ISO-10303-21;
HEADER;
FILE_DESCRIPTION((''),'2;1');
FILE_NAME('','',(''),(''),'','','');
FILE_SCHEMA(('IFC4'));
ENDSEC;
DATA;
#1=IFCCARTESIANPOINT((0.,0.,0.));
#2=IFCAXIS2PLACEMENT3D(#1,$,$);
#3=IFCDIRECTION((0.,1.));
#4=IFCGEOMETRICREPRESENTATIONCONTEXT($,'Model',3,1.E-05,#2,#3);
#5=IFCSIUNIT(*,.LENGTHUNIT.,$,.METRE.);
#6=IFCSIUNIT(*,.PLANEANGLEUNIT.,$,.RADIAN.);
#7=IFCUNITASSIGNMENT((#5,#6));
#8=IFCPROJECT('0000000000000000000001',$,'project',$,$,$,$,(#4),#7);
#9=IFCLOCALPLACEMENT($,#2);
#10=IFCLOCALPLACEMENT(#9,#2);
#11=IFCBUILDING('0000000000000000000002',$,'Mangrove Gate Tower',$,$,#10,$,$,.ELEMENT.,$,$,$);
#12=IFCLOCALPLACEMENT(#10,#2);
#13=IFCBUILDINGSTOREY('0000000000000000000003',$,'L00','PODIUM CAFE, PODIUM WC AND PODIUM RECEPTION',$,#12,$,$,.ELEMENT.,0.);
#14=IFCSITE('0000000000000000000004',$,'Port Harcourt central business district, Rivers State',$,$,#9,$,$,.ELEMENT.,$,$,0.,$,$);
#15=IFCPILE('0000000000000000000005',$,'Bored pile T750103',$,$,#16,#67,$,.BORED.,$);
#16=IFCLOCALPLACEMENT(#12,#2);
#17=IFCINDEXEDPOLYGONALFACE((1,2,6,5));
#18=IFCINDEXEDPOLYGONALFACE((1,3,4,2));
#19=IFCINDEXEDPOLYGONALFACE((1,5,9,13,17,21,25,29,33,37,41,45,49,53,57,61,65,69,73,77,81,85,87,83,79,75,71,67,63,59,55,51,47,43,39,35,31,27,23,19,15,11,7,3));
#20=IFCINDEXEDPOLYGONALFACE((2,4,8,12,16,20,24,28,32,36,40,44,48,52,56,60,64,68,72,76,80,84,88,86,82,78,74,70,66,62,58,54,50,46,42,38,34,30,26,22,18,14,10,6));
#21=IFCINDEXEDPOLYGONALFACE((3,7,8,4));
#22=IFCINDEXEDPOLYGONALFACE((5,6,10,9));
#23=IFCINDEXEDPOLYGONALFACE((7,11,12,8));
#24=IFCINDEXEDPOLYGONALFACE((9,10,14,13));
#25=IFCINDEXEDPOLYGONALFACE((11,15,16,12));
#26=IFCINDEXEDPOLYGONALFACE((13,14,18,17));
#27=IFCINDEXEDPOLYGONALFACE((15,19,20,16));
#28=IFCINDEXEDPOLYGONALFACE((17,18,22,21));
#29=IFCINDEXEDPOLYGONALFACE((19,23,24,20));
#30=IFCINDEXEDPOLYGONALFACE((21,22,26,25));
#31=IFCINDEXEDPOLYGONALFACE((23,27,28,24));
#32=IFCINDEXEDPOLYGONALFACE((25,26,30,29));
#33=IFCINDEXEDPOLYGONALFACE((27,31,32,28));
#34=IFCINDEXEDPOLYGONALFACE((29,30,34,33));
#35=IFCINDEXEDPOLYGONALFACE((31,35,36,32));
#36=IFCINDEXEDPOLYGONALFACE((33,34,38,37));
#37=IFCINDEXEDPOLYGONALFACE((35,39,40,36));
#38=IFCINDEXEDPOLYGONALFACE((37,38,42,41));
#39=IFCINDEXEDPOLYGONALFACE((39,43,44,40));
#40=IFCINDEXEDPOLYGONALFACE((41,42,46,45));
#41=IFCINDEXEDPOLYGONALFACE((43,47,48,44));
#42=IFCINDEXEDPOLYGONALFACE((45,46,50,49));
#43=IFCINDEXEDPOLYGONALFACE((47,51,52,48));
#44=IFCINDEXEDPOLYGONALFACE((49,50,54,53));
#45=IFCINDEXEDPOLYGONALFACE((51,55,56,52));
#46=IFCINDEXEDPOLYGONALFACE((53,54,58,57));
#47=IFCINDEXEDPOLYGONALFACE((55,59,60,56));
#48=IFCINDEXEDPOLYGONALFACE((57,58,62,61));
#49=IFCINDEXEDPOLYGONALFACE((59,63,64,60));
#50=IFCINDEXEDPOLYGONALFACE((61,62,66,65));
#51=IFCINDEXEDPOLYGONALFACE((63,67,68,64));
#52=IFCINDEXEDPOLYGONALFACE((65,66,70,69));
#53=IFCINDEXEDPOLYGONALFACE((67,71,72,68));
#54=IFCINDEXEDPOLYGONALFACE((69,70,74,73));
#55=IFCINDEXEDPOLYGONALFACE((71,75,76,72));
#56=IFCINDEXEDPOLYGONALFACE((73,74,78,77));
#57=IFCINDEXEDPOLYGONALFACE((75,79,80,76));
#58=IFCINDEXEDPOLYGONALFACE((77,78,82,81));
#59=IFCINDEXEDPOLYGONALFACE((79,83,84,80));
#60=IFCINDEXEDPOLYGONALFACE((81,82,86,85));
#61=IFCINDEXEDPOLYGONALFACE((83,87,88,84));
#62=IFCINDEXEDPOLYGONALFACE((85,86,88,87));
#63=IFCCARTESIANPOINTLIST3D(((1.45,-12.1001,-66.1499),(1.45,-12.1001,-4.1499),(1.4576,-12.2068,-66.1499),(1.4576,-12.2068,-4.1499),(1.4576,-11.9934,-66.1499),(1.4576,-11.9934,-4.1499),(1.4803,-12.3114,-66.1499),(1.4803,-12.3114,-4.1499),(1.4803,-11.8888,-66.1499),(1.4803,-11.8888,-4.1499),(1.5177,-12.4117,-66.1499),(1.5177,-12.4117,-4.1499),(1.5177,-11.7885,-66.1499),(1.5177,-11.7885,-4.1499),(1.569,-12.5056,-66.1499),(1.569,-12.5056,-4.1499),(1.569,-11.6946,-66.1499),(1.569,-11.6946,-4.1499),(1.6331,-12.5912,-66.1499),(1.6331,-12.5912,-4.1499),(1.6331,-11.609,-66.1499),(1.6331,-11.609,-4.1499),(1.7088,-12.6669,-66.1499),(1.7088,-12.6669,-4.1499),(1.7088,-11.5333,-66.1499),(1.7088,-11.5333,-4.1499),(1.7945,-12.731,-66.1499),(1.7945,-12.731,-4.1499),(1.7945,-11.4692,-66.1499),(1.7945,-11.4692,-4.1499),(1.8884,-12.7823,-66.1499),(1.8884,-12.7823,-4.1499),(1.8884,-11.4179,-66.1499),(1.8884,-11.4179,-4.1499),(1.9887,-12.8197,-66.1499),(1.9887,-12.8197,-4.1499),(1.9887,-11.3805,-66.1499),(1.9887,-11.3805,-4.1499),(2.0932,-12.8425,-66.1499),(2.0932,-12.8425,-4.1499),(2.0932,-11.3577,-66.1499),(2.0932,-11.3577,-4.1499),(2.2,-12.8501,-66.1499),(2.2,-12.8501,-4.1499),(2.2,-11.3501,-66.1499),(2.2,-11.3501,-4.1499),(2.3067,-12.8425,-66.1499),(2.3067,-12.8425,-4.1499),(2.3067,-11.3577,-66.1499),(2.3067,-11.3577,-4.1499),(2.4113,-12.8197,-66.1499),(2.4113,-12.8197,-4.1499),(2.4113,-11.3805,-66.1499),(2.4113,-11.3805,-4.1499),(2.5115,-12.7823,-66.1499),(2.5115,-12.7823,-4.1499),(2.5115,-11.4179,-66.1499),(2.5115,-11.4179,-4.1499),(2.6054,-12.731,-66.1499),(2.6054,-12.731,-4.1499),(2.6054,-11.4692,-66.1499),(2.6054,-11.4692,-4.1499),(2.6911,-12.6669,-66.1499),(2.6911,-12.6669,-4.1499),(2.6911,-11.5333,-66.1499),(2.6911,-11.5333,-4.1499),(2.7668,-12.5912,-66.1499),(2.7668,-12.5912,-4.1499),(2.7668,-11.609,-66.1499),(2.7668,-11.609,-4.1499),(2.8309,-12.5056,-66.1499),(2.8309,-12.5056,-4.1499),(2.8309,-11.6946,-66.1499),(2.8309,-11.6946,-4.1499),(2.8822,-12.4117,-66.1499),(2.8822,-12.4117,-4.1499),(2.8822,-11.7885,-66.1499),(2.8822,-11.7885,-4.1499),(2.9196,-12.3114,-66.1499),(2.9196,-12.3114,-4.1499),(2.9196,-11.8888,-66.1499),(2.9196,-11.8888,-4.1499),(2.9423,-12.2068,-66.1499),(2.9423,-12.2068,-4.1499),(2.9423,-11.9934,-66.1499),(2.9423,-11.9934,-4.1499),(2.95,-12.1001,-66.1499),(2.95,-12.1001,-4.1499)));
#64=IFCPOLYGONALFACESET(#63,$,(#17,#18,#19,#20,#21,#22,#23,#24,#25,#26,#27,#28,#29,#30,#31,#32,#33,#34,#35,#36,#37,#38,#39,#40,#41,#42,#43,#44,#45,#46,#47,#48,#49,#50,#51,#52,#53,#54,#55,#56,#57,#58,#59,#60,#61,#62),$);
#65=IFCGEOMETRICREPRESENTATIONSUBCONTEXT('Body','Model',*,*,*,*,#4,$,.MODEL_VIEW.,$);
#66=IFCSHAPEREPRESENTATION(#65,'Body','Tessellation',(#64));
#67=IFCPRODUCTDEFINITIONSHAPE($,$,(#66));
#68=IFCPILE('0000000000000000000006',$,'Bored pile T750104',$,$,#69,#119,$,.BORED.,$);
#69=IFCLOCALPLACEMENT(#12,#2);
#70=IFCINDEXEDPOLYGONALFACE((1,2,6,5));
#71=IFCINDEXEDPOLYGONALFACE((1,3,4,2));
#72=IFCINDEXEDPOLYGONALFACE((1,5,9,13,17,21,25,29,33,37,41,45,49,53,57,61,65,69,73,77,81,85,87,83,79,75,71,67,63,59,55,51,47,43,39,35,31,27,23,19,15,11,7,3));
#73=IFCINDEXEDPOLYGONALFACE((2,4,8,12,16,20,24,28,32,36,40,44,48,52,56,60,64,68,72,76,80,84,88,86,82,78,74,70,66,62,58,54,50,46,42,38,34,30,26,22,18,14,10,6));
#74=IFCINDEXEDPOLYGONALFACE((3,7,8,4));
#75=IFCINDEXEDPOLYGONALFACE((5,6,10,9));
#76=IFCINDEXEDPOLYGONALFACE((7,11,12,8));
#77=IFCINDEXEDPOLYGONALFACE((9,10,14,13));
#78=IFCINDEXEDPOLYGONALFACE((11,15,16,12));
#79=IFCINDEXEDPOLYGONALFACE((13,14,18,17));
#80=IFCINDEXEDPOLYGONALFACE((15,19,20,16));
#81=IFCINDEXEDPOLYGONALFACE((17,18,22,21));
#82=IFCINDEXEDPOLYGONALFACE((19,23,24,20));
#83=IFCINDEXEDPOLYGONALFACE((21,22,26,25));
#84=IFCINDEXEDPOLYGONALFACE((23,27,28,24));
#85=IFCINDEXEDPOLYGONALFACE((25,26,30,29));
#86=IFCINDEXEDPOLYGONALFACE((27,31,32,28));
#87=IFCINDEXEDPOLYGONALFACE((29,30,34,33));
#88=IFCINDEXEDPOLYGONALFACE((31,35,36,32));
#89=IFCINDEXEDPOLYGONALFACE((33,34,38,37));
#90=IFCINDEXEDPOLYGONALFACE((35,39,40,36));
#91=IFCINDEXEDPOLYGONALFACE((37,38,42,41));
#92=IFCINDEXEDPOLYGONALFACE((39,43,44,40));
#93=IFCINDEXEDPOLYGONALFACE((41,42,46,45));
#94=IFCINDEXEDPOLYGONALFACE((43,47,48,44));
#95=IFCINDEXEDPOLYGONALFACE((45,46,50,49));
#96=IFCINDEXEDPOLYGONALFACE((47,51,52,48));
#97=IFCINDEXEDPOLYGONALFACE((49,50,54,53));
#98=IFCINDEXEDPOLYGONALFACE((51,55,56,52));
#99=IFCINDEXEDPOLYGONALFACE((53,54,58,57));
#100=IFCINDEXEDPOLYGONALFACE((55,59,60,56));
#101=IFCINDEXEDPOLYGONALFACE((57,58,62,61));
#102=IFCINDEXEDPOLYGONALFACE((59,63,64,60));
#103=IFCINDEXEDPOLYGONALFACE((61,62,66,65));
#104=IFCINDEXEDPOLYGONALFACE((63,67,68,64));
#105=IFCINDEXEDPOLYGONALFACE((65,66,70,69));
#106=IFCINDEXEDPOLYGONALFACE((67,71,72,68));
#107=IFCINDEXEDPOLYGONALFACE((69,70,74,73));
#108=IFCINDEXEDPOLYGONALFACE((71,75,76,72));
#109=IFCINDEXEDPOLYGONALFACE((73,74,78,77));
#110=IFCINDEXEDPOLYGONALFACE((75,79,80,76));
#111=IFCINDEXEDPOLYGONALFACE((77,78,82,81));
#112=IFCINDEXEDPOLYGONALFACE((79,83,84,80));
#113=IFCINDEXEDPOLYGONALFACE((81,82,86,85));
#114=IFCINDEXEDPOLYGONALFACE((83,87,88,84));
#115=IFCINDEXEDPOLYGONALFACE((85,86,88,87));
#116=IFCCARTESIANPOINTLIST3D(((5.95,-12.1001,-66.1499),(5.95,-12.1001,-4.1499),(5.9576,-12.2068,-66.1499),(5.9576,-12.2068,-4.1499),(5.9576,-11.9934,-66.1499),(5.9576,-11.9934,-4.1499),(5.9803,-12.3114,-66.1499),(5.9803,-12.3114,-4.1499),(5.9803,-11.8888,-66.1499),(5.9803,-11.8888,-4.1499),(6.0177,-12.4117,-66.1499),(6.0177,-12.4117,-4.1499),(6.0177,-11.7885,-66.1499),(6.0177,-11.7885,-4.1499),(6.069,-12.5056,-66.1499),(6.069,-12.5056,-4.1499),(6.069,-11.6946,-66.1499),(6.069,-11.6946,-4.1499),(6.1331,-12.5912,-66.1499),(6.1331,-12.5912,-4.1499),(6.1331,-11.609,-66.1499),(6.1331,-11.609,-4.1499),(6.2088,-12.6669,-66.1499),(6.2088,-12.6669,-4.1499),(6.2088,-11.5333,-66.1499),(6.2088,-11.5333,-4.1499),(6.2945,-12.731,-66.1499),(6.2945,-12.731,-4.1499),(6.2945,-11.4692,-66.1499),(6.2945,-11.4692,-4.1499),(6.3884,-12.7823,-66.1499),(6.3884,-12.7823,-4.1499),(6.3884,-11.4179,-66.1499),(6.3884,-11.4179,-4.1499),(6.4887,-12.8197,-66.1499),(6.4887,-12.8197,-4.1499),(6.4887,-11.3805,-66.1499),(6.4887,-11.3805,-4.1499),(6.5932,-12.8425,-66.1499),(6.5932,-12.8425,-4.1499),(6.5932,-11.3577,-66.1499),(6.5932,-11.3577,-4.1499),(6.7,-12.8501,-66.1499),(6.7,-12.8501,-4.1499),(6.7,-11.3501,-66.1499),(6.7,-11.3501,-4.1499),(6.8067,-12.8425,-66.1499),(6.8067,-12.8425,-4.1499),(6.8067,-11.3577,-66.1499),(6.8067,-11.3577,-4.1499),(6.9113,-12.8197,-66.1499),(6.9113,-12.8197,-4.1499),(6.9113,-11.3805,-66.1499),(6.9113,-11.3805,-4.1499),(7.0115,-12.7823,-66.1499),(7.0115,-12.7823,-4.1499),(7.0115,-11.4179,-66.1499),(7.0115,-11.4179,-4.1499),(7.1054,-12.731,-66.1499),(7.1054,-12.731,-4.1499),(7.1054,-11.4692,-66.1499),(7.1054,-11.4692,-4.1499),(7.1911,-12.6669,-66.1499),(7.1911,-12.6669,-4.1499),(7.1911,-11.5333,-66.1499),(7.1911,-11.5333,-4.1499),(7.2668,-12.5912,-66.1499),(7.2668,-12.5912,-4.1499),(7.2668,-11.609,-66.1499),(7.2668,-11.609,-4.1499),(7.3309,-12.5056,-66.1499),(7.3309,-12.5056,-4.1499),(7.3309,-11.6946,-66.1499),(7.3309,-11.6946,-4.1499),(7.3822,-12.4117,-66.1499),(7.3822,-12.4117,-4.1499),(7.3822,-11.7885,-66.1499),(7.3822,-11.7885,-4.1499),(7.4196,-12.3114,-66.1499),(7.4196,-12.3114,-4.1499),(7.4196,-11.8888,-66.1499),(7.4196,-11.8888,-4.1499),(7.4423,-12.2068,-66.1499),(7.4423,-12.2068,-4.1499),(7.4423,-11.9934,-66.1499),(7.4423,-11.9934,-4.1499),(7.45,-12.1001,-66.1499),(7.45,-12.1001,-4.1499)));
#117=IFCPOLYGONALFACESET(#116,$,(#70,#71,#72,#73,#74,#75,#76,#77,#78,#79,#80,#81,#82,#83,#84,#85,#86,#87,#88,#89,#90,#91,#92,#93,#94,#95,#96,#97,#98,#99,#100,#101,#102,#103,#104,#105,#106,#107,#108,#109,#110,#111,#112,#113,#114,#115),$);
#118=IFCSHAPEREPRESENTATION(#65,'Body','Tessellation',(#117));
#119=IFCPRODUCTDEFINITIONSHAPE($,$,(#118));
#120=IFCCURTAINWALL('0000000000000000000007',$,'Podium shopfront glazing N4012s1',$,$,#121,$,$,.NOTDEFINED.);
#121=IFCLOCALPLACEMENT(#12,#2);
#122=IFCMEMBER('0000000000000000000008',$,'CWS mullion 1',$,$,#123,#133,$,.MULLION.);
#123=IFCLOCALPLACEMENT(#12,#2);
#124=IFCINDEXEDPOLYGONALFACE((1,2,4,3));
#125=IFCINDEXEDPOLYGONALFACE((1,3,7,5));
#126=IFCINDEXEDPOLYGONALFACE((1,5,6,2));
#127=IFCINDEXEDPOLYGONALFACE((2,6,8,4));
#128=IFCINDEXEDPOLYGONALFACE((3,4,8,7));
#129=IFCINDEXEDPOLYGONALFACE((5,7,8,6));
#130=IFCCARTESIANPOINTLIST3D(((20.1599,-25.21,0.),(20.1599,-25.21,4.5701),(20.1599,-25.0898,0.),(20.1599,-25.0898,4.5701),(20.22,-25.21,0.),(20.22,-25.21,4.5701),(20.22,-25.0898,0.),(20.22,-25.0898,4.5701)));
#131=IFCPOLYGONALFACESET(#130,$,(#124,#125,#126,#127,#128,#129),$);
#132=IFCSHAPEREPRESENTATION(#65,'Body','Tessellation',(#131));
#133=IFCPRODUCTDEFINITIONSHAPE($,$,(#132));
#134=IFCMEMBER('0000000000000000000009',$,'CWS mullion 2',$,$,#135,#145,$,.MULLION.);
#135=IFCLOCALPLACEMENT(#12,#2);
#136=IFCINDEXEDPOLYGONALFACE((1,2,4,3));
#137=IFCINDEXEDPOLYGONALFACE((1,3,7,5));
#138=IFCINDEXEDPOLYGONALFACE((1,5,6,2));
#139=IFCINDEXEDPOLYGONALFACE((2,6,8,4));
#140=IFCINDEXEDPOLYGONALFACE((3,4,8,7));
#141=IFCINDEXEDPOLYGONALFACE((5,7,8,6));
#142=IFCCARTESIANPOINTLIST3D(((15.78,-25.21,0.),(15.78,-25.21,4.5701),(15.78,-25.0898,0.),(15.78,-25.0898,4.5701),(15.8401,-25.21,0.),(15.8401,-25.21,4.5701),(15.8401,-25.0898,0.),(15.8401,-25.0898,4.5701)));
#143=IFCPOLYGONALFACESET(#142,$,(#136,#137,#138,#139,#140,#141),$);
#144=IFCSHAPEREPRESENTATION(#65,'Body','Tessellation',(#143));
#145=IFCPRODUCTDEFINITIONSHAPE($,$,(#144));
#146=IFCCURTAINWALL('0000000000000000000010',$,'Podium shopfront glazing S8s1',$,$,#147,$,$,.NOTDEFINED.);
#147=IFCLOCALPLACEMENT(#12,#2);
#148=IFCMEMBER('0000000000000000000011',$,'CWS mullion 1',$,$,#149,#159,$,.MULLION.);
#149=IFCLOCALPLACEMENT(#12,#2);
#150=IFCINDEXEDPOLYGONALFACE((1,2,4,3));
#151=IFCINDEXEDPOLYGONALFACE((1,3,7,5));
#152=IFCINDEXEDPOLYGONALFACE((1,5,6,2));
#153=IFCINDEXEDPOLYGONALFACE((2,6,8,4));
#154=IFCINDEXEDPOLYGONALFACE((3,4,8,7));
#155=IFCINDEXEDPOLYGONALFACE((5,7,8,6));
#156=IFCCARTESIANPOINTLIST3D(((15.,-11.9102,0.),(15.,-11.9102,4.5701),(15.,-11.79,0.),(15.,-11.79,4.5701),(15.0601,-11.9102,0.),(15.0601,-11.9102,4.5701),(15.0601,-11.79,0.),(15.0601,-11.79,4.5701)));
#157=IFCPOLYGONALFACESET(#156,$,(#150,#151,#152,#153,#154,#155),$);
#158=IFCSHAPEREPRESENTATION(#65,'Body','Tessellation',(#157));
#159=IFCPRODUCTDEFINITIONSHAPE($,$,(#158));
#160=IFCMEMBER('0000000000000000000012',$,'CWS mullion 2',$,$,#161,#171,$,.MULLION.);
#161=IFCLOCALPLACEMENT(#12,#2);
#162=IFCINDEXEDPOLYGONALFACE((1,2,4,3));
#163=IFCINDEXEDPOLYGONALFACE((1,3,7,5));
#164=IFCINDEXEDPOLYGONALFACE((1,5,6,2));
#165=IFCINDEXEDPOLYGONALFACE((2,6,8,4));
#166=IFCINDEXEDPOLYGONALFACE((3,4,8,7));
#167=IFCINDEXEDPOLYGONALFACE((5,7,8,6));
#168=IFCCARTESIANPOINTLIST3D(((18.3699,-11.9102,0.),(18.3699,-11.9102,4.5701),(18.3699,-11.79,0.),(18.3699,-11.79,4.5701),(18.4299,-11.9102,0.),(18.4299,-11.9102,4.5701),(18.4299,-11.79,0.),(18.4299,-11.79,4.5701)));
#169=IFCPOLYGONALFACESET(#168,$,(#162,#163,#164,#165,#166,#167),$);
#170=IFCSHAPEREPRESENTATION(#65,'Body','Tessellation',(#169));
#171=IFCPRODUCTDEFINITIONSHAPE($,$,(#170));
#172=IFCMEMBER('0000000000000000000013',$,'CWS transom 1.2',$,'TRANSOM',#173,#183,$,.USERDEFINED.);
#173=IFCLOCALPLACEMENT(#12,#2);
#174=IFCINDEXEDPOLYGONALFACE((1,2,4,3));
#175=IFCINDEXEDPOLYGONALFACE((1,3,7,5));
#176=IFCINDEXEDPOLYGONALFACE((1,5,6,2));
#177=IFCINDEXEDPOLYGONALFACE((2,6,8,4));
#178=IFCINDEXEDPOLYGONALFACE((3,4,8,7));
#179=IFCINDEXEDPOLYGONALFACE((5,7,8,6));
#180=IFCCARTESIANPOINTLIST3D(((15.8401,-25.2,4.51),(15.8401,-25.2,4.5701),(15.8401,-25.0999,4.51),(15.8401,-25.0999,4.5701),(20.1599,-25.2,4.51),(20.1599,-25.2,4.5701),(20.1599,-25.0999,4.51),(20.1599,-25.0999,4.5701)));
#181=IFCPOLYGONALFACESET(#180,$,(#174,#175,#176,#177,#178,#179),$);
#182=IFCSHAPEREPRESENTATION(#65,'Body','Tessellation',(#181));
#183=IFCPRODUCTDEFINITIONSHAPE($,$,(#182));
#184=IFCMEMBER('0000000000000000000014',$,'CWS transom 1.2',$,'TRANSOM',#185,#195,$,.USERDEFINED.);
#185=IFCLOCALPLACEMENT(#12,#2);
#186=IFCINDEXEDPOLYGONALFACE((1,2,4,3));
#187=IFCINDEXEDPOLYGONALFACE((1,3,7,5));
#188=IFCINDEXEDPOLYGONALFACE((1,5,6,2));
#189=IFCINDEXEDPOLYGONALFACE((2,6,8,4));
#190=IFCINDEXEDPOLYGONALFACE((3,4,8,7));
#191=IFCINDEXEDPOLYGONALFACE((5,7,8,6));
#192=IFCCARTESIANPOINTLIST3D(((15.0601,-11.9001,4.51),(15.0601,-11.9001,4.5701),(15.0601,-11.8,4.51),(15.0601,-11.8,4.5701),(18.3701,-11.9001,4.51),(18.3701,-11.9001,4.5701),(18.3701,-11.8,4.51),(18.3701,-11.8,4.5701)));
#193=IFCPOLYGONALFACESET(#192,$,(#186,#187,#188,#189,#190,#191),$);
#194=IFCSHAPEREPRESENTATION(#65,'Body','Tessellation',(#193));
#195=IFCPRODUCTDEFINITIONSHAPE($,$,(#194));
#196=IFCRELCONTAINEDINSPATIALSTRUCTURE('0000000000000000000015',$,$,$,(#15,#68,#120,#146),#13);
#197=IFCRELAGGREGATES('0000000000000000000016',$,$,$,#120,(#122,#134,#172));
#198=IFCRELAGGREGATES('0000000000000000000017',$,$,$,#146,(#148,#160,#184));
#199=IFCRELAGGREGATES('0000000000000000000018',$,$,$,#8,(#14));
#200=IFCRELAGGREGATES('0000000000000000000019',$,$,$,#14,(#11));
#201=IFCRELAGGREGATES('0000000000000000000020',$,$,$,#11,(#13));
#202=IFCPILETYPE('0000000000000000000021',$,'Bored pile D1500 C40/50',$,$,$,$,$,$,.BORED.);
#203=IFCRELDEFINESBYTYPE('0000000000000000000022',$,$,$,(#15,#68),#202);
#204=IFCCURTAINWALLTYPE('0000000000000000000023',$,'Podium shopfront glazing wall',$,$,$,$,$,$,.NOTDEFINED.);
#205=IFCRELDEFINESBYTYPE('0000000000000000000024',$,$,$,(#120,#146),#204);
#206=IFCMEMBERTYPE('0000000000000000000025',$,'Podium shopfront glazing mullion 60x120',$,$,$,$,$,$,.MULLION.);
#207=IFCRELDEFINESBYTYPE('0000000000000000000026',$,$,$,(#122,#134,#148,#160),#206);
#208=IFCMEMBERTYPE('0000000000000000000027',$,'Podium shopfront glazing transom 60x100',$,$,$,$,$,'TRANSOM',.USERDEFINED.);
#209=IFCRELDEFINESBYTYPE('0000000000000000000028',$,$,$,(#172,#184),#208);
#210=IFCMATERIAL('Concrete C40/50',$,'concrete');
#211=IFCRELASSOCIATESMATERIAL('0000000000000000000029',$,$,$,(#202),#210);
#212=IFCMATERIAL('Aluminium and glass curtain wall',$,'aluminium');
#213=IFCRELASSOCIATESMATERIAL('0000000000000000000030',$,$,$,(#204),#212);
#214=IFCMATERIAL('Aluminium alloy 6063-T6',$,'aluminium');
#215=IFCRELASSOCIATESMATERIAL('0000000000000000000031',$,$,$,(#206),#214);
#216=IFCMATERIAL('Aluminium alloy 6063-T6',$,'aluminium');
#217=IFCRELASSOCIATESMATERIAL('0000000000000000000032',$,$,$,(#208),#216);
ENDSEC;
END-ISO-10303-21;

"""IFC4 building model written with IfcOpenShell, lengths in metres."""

from ifc_helpers import new_model, si_unit, direction, frame, origin, origin_2d, place, context, subcontext, project, spatial, rectangle, circle, extrude, material, material_profile, profile_set, type_object, element, aggregate, save


model = new_model("IFC4")

# Units and contexts
model_context = context("Model", 3, precision=1e-05, world=origin(), true_north=direction((0.0, 1.0)))
body_context = subcontext(model_context, "Body", "Model", "MODEL_VIEW")
ifc_project = project(units=[si_unit("LENGTHUNIT", "METRE"), si_unit("PLANEANGLEUNIT", "RADIAN")], contexts=[model_context])

# Site, building, storey
site_placement = place(None, origin())
site = spatial("IfcSite", under=ifc_project, at=site_placement, Name="Port Harcourt central business district, Rivers State", CompositionType="ELEMENT", RefElevation=0.0)
building_placement = place(site_placement, origin())
building = spatial("IfcBuilding", under=site, at=building_placement, Name="Mangrove Gate Tower", CompositionType="ELEMENT")
storey_placement = place(building_placement, origin())
storey = spatial("IfcBuildingStorey", under=building, at=storey_placement, Name="L00", Description="PODIUM CAFE, PODIUM WC AND PODIUM RECEPTION", CompositionType="ELEMENT", Elevation=0.0)

# Piles
ifc_material_1 = material(Name="Concrete C40/50", Category="concrete")
ifc_material_profile_1 = material_profile(ifc_material_1, circle(Radius=0.75, at=origin_2d()))
ifc_profile_set_1 = profile_set([ifc_material_profile_1], Name="Concrete C40/50")
pile_type = type_object("IfcPileType", Name="Bored pile D1500 C40/50", PredefinedType="BORED", material=ifc_profile_set_1)
for number, where, z_axis, x_axis, name in (
    (1, (2.2, -12.1001, -4.1499), (0.0, 0.0, -1.0), (1.0, 0.0, 0.0), "Bored pile T750103"),
    (2, (6.7, -12.1001, -4.1499), (0.0, 0.0, -1.0), (1.0, 0.0, 0.0), "Bored pile T750104"),
):
    element("IfcPile", number, at=place(storey_placement, frame(where, z_axis=z_axis, x_axis=x_axis)), inside=storey, type_object=pile_type, Name=name, PredefinedType="BORED", context=body_context, shape_type="SweptSolid", body=[
        extrude(circle(Radius=0.75, at=origin_2d()), origin(), (0.0, 0.0, 1.0), 62.0),
    ])

# Curtain walls, members
ifc_material_2 = material(Name="Aluminium and glass curtain wall", Category="aluminium")
curtain_wall_type = type_object("IfcCurtainWallType", Name="Podium shopfront glazing wall", PredefinedType="NOTDEFINED", material=ifc_material_2)
curtain_wall_1_placement = place(storey_placement, origin())
curtain_wall_1 = element("IfcCurtainWall", 3, at=curtain_wall_1_placement, inside=storey, type_object=curtain_wall_type, Name="Podium shopfront glazing N4012s1", PredefinedType="NOTDEFINED")
ifc_material_3 = material(Name="Aluminium alloy 6063-T6", Category="aluminium")
ifc_material_profile_2 = material_profile(ifc_material_3, rectangle(XDim=0.0601, YDim=0.1201, at=origin_2d()))
ifc_profile_set_2 = profile_set([ifc_material_profile_2], Name="Aluminium alloy 6063-T6")
member_type_1 = type_object("IfcMemberType", Name="Podium shopfront glazing mullion 60x120", PredefinedType="MULLION", material=ifc_profile_set_2)
member_1_placement = place(storey_placement, frame((20.1899, -25.1499, 0.0), z_axis=(0.0, 0.0, 1.0), x_axis=(-1.0, 0.0, 0.0)))
member_1 = element("IfcMember", 4, at=member_1_placement, type_object=member_type_1, Name="CWS mullion 1", PredefinedType="MULLION", context=body_context, shape_type="SweptSolid", body=[
    extrude(rectangle(XDim=0.0601, YDim=0.1201, at=origin_2d()), origin(), (0.0, 0.0, 1.0), 4.5701),
])
member_2_placement = place(storey_placement, frame((15.8101, -25.1499, 0.0), z_axis=(0.0, 0.0, 1.0), x_axis=(-1.0, 0.0, 0.0)))
member_2 = element("IfcMember", 5, at=member_2_placement, type_object=member_type_1, Name="CWS mullion 2", PredefinedType="MULLION", context=body_context, shape_type="SweptSolid", body=[
    extrude(rectangle(XDim=0.0601, YDim=0.1201, at=origin_2d()), origin(), (0.0, 0.0, 1.0), 4.5701),
])
curtain_wall_2_placement = place(storey_placement, origin())
curtain_wall_2 = element("IfcCurtainWall", 6, at=curtain_wall_2_placement, inside=storey, type_object=curtain_wall_type, Name="Podium shopfront glazing S8s1", PredefinedType="NOTDEFINED")
member_3_placement = place(storey_placement, frame((15.03, -11.8501, 0.0), z_axis=(0.0, 0.0, 1.0), x_axis=(1.0, 0.0, 0.0)))
member_3 = element("IfcMember", 7, at=member_3_placement, type_object=member_type_1, Name="CWS mullion 1", PredefinedType="MULLION", context=body_context, shape_type="SweptSolid", body=[
    extrude(rectangle(XDim=0.0601, YDim=0.1201, at=origin_2d()), origin(), (0.0, 0.0, 1.0), 4.5701),
])
member_4_placement = place(storey_placement, frame((18.3999, -11.8501, 0.0), z_axis=(0.0, 0.0, 1.0), x_axis=(1.0, 0.0, 0.0)))
member_4 = element("IfcMember", 8, at=member_4_placement, type_object=member_type_1, Name="CWS mullion 2", PredefinedType="MULLION", context=body_context, shape_type="SweptSolid", body=[
    extrude(rectangle(XDim=0.0601, YDim=0.1201, at=origin_2d()), origin(), (0.0, 0.0, 1.0), 4.5701),
])

# Members
ifc_material_4 = material(Name="Aluminium alloy 6063-T6", Category="aluminium")
ifc_material_profile_3 = material_profile(ifc_material_4, rectangle(XDim=0.0601, YDim=0.1001, at=origin_2d()))
ifc_profile_set_3 = profile_set([ifc_material_profile_3], Name="Aluminium alloy 6063-T6")
member_type_2 = type_object("IfcMemberType", Name="Podium shopfront glazing transom 60x100", ElementType="TRANSOM", PredefinedType="USERDEFINED", material=ifc_profile_set_3)
member_5_placement = place(storey_placement, frame((20.1599, -25.1499, 4.54), z_axis=(-1.0, 0.0, 0.0), x_axis=(0.0, 0.0, 1.0)))
member_5 = element("IfcMember", 9, at=member_5_placement, type_object=member_type_2, Name="CWS transom 1.2", ObjectType="TRANSOM", PredefinedType="USERDEFINED", context=body_context, shape_type="SweptSolid", body=[
    extrude(rectangle(XDim=0.0601, YDim=0.1001, at=origin_2d()), origin(), (0.0, 0.0, 1.0), 4.3198),
])
member_6_placement = place(storey_placement, frame((15.0601, -11.8501, 4.54), z_axis=(1.0, 0.0, 0.0), x_axis=(0.0, 0.0, 1.0)))
member_6 = element("IfcMember", 10, at=member_6_placement, type_object=member_type_2, Name="CWS transom 1.2", ObjectType="TRANSOM", PredefinedType="USERDEFINED", context=body_context, shape_type="SweptSolid", body=[
    extrude(rectangle(XDim=0.0601, YDim=0.1001, at=origin_2d()), origin(), (0.0, 0.0, 1.0), 3.3101),
])

aggregate(curtain_wall_1, [member_1, member_2, member_5])
aggregate(curtain_wall_2, [member_3, member_4, member_6])

save(model, "model.ifc")
